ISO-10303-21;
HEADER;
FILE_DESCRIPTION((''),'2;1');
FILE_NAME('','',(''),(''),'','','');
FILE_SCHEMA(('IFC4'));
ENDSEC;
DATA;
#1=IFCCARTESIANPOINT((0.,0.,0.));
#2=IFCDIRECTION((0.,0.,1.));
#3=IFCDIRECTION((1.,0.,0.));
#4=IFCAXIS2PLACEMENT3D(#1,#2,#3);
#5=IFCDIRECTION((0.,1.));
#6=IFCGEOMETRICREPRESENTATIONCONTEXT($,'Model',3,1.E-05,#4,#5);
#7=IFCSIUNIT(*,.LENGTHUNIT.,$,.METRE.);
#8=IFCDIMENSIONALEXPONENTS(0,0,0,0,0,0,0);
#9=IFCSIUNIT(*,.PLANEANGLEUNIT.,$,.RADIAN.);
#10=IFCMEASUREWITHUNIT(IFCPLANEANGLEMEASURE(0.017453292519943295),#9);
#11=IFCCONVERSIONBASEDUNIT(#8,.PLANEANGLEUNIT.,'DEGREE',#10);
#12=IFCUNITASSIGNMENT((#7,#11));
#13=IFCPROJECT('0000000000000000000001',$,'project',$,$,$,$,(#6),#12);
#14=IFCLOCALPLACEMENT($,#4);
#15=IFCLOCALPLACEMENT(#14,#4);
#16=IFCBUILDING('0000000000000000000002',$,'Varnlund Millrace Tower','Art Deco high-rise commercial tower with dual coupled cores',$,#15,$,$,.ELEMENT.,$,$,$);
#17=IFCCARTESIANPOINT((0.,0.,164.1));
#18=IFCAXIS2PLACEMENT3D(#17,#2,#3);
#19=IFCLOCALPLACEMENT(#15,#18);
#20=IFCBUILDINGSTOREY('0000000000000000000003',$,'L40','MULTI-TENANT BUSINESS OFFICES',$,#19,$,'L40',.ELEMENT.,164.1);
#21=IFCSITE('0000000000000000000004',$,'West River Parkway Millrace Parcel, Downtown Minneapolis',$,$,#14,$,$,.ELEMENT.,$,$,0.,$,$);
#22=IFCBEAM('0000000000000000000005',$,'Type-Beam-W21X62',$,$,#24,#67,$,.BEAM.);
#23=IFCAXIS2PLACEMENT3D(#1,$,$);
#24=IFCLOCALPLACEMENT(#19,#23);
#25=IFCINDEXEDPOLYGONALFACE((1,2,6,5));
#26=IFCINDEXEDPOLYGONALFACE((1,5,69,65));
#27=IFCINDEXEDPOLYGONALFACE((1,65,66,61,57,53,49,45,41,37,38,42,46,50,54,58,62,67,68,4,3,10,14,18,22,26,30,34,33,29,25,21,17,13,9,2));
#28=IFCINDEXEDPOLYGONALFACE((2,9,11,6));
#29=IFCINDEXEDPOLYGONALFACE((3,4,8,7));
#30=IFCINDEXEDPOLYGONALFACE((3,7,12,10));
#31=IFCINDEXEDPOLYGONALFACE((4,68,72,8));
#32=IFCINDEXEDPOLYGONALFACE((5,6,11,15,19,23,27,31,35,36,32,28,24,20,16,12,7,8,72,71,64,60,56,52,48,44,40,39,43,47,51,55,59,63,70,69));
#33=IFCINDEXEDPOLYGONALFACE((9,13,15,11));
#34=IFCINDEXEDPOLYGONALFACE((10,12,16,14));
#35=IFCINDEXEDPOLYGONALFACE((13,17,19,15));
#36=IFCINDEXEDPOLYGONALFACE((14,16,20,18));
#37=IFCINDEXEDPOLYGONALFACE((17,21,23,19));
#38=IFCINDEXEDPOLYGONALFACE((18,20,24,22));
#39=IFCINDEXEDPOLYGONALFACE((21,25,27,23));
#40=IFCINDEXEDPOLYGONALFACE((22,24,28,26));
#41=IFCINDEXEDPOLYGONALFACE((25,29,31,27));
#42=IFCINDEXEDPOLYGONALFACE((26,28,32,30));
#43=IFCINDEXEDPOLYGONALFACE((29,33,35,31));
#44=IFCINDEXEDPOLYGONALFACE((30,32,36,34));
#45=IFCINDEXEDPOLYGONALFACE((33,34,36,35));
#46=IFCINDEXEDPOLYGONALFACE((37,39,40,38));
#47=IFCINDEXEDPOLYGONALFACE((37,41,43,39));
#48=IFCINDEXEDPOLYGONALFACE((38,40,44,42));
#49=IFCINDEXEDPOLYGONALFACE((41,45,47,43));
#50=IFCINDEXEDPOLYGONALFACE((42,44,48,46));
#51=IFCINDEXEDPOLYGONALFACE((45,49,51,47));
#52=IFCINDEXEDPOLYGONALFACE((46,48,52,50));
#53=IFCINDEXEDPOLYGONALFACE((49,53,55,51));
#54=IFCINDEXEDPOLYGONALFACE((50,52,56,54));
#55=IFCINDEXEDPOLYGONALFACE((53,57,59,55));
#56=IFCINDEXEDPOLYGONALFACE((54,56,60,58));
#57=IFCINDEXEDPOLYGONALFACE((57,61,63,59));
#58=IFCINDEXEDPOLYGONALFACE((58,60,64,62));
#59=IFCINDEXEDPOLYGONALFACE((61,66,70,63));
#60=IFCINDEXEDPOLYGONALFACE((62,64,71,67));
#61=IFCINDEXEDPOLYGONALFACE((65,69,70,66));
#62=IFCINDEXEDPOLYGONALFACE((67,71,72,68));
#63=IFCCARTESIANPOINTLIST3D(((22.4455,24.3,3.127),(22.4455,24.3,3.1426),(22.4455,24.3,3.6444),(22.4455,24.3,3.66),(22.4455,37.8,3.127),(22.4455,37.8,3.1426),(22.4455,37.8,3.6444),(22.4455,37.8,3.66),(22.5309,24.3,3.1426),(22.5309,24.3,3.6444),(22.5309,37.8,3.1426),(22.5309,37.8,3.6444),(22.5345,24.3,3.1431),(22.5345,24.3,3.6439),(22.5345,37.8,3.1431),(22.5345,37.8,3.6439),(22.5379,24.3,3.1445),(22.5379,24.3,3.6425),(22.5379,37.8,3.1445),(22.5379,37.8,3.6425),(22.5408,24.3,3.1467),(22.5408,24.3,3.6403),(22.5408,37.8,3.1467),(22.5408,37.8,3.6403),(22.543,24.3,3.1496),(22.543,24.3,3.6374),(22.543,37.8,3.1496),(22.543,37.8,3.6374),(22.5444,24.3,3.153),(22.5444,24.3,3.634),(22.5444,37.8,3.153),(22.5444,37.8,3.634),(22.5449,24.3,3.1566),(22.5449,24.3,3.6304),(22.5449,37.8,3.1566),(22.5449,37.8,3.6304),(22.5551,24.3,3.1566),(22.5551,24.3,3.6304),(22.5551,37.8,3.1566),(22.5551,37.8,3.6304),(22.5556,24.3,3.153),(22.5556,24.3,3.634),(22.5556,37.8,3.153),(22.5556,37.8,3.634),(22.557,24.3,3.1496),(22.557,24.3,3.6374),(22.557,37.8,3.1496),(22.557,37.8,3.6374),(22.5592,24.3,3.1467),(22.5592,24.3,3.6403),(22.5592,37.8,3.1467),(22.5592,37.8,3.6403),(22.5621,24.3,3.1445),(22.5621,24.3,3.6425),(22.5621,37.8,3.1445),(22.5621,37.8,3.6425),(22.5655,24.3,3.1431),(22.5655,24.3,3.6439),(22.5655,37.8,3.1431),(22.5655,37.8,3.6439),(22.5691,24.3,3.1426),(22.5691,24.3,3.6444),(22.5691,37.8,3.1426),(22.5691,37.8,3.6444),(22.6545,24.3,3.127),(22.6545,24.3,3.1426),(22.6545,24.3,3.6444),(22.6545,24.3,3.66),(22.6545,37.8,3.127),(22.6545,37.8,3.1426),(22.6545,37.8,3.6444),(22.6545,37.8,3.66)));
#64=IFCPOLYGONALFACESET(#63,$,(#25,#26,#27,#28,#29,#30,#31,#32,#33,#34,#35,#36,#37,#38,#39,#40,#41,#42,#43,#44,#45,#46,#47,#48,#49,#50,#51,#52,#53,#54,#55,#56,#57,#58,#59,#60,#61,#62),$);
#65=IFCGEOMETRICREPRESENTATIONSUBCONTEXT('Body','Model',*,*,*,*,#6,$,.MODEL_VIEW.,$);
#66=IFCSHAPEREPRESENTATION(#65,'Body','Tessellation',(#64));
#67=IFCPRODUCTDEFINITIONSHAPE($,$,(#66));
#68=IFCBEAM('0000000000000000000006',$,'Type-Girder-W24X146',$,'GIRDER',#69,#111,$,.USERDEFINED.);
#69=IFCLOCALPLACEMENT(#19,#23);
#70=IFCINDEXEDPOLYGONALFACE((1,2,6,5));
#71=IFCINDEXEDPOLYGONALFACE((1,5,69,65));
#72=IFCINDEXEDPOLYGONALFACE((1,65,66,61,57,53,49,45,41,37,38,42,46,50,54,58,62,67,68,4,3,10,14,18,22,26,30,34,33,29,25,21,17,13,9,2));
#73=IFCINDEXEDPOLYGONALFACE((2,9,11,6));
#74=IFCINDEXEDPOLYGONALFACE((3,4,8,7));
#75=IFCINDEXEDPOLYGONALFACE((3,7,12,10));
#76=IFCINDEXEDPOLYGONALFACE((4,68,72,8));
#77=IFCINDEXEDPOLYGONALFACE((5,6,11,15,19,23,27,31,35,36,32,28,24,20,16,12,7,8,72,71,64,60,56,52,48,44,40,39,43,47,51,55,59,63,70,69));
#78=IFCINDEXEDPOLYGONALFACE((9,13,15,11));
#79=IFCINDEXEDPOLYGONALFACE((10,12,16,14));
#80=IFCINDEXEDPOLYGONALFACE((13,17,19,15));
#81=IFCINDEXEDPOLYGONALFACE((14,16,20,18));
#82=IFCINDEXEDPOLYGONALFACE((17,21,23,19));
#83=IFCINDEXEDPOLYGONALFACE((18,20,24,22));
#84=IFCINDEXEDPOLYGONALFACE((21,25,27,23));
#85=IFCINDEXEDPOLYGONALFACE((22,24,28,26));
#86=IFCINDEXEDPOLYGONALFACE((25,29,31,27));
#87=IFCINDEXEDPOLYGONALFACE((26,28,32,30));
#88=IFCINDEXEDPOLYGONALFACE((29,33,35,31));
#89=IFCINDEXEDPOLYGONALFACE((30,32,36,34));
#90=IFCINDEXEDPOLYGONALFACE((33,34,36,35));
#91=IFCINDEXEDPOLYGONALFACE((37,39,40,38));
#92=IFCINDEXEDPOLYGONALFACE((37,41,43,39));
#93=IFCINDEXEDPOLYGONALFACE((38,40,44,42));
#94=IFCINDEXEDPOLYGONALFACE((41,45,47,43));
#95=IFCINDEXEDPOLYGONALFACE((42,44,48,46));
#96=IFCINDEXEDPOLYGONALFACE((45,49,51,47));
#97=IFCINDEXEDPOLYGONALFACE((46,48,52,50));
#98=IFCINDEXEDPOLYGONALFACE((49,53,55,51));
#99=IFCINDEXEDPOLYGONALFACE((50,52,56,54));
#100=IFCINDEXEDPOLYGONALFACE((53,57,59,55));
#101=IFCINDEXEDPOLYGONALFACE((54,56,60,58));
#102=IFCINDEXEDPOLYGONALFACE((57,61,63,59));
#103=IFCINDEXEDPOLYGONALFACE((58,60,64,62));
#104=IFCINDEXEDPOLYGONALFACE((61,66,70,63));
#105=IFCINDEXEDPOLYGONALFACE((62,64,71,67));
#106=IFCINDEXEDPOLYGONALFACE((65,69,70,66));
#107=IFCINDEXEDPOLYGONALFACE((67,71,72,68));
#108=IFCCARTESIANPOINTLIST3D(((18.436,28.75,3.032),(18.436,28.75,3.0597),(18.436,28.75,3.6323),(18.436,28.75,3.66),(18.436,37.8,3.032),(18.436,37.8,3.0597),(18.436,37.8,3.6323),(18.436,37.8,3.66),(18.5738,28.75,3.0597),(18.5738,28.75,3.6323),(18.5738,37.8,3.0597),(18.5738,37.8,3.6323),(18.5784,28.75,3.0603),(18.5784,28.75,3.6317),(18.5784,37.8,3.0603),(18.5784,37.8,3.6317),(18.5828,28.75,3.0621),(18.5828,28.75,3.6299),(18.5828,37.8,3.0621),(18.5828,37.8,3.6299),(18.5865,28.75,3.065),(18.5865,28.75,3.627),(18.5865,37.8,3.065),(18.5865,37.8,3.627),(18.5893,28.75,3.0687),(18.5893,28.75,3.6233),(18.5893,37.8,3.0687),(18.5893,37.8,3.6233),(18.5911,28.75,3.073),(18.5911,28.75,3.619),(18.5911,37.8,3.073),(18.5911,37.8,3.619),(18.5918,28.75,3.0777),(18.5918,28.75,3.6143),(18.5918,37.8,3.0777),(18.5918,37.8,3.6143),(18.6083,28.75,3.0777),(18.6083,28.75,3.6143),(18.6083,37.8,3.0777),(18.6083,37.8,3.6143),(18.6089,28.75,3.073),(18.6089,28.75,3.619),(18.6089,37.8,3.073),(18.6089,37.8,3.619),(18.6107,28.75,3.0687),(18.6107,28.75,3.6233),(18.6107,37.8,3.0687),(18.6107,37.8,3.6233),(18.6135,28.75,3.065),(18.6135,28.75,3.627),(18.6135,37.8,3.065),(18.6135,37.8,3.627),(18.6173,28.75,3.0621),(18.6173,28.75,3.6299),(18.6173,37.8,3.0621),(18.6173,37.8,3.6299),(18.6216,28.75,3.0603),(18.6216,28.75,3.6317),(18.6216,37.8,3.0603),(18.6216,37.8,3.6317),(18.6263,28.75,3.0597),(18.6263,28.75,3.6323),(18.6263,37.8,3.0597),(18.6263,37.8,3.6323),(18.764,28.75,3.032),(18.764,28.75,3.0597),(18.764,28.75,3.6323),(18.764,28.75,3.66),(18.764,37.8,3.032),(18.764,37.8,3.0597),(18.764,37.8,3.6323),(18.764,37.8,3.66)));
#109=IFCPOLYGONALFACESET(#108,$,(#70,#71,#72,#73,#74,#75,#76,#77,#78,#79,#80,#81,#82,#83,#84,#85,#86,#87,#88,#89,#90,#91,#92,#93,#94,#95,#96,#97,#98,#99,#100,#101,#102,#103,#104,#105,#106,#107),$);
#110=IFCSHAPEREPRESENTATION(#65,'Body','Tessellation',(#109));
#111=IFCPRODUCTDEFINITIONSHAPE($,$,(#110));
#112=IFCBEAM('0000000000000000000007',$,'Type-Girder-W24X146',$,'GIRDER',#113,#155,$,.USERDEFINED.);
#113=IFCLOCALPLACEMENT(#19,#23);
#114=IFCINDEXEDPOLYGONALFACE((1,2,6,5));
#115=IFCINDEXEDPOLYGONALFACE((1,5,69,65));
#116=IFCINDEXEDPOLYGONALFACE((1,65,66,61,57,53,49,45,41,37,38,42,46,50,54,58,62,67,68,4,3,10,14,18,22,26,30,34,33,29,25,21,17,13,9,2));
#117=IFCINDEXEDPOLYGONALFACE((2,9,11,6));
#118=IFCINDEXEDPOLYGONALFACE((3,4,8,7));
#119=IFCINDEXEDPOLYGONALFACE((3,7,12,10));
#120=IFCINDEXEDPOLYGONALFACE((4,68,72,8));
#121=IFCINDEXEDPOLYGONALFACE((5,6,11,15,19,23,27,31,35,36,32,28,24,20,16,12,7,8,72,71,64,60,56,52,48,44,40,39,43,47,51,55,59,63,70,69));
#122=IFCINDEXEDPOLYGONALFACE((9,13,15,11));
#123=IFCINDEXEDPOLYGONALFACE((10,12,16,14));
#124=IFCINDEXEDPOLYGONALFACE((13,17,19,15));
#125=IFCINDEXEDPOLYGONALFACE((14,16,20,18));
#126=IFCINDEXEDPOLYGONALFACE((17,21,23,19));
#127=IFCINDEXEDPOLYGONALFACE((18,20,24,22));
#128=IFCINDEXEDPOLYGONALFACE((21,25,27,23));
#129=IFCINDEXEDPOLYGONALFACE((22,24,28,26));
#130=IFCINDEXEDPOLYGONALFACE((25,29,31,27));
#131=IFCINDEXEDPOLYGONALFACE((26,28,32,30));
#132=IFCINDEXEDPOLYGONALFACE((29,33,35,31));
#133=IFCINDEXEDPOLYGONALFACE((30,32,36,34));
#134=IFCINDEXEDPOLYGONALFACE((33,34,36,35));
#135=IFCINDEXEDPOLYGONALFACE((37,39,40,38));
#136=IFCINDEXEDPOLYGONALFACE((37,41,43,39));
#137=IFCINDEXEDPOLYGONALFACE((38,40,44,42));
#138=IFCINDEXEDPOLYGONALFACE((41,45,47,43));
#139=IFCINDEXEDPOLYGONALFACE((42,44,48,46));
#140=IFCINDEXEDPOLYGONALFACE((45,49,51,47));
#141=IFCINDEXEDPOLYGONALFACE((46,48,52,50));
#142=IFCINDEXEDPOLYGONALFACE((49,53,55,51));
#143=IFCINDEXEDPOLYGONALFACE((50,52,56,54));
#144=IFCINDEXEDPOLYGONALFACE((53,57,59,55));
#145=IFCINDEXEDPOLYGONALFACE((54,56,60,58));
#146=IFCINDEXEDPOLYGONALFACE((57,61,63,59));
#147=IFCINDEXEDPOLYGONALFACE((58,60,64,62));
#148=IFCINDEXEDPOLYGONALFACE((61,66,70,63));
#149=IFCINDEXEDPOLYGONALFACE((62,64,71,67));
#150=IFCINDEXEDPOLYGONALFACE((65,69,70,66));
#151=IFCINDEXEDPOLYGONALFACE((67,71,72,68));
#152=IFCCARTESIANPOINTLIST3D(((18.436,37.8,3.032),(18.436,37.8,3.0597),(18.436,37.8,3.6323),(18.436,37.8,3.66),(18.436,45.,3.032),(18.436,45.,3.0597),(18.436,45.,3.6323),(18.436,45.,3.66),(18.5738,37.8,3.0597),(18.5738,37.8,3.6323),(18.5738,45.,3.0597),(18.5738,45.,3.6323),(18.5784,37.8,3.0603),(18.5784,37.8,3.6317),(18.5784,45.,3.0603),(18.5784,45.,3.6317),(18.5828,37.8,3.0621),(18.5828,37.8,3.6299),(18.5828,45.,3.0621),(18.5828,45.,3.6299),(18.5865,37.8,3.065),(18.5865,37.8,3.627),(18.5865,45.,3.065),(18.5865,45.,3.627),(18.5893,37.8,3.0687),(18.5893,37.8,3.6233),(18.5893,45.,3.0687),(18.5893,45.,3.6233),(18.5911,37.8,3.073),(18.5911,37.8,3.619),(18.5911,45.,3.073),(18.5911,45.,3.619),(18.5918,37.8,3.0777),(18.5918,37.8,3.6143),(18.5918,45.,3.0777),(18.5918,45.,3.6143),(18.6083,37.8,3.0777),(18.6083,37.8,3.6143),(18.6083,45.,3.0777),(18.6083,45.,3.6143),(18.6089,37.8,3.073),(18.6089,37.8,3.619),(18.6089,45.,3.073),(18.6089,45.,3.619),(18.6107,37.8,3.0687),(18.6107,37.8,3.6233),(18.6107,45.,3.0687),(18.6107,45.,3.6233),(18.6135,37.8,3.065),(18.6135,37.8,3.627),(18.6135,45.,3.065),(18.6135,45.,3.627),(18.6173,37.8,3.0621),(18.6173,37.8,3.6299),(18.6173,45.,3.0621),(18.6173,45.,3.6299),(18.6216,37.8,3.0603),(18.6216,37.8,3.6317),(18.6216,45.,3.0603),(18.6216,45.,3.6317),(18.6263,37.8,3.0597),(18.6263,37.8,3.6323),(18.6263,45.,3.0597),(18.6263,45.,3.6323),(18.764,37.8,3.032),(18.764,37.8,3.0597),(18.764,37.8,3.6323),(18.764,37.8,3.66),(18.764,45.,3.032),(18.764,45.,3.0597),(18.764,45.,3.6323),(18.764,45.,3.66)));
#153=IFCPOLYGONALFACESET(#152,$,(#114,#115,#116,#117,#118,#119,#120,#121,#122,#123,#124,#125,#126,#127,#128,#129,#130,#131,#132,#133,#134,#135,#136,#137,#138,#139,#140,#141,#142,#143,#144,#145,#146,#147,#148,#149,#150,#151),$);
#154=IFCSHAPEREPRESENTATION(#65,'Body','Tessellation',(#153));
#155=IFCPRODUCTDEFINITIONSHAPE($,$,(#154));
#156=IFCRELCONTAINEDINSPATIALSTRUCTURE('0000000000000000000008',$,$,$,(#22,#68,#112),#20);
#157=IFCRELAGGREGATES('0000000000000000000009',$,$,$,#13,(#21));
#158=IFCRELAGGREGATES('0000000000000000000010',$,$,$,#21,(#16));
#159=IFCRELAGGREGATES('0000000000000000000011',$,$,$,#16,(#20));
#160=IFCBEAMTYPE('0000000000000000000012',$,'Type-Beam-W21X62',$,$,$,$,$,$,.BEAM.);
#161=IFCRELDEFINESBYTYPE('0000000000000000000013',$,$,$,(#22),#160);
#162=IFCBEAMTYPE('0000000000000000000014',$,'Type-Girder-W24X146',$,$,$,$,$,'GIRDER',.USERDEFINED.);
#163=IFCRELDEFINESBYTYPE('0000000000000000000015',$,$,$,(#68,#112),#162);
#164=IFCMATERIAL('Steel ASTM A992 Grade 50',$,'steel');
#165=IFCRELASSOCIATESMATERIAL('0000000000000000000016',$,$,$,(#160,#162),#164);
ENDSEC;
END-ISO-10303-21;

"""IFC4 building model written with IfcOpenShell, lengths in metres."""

from ifc_helpers import new_model, entity, si_unit, converted_unit, direction, frame, origin_with_axes, origin_2d_with_axis, place, context, subcontext, project, spatial, i_section, extrude, material, material_profile, profile_set, type_object, element, save


model = new_model("IFC4")

# Units and contexts
model_context = context("Model", 3, precision=1e-05, world=origin_with_axes(), true_north=direction((0.0, 1.0)))
body_context = subcontext(model_context, "Body", "Model", "MODEL_VIEW")
ifc_project = project(units=[si_unit("LENGTHUNIT", "METRE"), converted_unit("PLANEANGLEUNIT", "DEGREE", entity("IfcPlaneAngleMeasure", 0.017453292519943295), si_unit("PLANEANGLEUNIT", "RADIAN"), dimensions=[0, 0, 0, 0, 0, 0, 0])], contexts=[model_context])

# Site, building, storey
site_placement = place(None, origin_with_axes())
site = spatial("IfcSite", under=ifc_project, at=site_placement, Name="West River Parkway Millrace Parcel, Downtown Minneapolis", CompositionType="ELEMENT", RefElevation=0.0)
building_placement = place(site_placement, origin_with_axes())
building = spatial("IfcBuilding", under=site, at=building_placement, Name="Varnlund Millrace Tower", Description="Art Deco high-rise commercial tower with dual coupled cores", CompositionType="ELEMENT")
storey_placement = place(building_placement, frame((0.0, 0.0, 164.1), z_axis=(0.0, 0.0, 1.0), x_axis=(1.0, 0.0, 0.0)))
storey = spatial("IfcBuildingStorey", under=building, at=storey_placement, Name="L40", Description="MULTI-TENANT BUSINESS OFFICES", LongName="L40", CompositionType="ELEMENT", Elevation=164.1)

# Beams
ifc_material_1 = material(Name="Steel ASTM A992 Grade 50", Category="steel")
ifc_material_profile_1 = material_profile(ifc_material_1, i_section(OverallWidth=0.209, OverallDepth=0.533, WebThickness=0.0102, FlangeThickness=0.0156, FilletRadius=0.014, at=origin_2d_with_axis()), Name="Steel ASTM A992 Grade 50")
ifc_profile_set_1 = profile_set([ifc_material_profile_1], Name="Steel ASTM A992 Grade 50")
beam_type_1 = type_object("IfcBeamType", Name="Type-Beam-W21X62", PredefinedType="BEAM", material=ifc_profile_set_1)
beam_1_placement = place(storey_placement, frame((22.55, 24.3, 3.3935), z_axis=(0.0, 1.0, 0.0), x_axis=(-1.0, 0.0, 0.0)))
element("IfcBeam", 1, at=beam_1_placement, inside=storey, type_object=beam_type_1, Name="Type-Beam-W21X62", PredefinedType="BEAM", context=body_context, shape_type="SweptSolid", body=[
    extrude(i_section(OverallWidth=0.209, OverallDepth=0.533, WebThickness=0.0102, FlangeThickness=0.0156, FilletRadius=0.014, at=origin_2d_with_axis()), origin_with_axes(), (0.0, 0.0, 1.0), 13.5),
])
ifc_material_profile_2 = material_profile(ifc_material_1, i_section(OverallWidth=0.328, OverallDepth=0.628, WebThickness=0.0165, FlangeThickness=0.0277, FilletRadius=0.018, at=origin_2d_with_axis()), Name="Steel ASTM A992 Grade 50")
ifc_profile_set_2 = profile_set([ifc_material_profile_2], Name="Steel ASTM A992 Grade 50")
beam_type_2 = type_object("IfcBeamType", Name="Type-Girder-W24X146", ElementType="GIRDER", PredefinedType="USERDEFINED", material=ifc_profile_set_2)
beam_2_placement = place(storey_placement, frame((18.6, 28.75, 3.346), z_axis=(0.0, 1.0, 0.0), x_axis=(-1.0, 0.0, 0.0)))
element("IfcBeam", 2, at=beam_2_placement, inside=storey, type_object=beam_type_2, Name="Type-Girder-W24X146", ObjectType="GIRDER", PredefinedType="USERDEFINED", context=body_context, shape_type="SweptSolid", body=[
    extrude(i_section(OverallWidth=0.328, OverallDepth=0.628, WebThickness=0.0165, FlangeThickness=0.0277, FilletRadius=0.018, at=origin_2d_with_axis()), origin_with_axes(), (0.0, 0.0, 1.0), 9.05),
])
beam_3_placement = place(storey_placement, frame((18.6, 37.8, 3.346), z_axis=(0.0, 1.0, 0.0), x_axis=(-1.0, 0.0, 0.0)))
element("IfcBeam", 3, at=beam_3_placement, inside=storey, type_object=beam_type_2, Name="Type-Girder-W24X146", ObjectType="GIRDER", PredefinedType="USERDEFINED", context=body_context, shape_type="SweptSolid", body=[
    extrude(i_section(OverallWidth=0.328, OverallDepth=0.628, WebThickness=0.0165, FlangeThickness=0.0277, FilletRadius=0.018, at=origin_2d_with_axis()), origin_with_axes(), (0.0, 0.0, 1.0), 7.2),
])

save(model, "model.ifc")
